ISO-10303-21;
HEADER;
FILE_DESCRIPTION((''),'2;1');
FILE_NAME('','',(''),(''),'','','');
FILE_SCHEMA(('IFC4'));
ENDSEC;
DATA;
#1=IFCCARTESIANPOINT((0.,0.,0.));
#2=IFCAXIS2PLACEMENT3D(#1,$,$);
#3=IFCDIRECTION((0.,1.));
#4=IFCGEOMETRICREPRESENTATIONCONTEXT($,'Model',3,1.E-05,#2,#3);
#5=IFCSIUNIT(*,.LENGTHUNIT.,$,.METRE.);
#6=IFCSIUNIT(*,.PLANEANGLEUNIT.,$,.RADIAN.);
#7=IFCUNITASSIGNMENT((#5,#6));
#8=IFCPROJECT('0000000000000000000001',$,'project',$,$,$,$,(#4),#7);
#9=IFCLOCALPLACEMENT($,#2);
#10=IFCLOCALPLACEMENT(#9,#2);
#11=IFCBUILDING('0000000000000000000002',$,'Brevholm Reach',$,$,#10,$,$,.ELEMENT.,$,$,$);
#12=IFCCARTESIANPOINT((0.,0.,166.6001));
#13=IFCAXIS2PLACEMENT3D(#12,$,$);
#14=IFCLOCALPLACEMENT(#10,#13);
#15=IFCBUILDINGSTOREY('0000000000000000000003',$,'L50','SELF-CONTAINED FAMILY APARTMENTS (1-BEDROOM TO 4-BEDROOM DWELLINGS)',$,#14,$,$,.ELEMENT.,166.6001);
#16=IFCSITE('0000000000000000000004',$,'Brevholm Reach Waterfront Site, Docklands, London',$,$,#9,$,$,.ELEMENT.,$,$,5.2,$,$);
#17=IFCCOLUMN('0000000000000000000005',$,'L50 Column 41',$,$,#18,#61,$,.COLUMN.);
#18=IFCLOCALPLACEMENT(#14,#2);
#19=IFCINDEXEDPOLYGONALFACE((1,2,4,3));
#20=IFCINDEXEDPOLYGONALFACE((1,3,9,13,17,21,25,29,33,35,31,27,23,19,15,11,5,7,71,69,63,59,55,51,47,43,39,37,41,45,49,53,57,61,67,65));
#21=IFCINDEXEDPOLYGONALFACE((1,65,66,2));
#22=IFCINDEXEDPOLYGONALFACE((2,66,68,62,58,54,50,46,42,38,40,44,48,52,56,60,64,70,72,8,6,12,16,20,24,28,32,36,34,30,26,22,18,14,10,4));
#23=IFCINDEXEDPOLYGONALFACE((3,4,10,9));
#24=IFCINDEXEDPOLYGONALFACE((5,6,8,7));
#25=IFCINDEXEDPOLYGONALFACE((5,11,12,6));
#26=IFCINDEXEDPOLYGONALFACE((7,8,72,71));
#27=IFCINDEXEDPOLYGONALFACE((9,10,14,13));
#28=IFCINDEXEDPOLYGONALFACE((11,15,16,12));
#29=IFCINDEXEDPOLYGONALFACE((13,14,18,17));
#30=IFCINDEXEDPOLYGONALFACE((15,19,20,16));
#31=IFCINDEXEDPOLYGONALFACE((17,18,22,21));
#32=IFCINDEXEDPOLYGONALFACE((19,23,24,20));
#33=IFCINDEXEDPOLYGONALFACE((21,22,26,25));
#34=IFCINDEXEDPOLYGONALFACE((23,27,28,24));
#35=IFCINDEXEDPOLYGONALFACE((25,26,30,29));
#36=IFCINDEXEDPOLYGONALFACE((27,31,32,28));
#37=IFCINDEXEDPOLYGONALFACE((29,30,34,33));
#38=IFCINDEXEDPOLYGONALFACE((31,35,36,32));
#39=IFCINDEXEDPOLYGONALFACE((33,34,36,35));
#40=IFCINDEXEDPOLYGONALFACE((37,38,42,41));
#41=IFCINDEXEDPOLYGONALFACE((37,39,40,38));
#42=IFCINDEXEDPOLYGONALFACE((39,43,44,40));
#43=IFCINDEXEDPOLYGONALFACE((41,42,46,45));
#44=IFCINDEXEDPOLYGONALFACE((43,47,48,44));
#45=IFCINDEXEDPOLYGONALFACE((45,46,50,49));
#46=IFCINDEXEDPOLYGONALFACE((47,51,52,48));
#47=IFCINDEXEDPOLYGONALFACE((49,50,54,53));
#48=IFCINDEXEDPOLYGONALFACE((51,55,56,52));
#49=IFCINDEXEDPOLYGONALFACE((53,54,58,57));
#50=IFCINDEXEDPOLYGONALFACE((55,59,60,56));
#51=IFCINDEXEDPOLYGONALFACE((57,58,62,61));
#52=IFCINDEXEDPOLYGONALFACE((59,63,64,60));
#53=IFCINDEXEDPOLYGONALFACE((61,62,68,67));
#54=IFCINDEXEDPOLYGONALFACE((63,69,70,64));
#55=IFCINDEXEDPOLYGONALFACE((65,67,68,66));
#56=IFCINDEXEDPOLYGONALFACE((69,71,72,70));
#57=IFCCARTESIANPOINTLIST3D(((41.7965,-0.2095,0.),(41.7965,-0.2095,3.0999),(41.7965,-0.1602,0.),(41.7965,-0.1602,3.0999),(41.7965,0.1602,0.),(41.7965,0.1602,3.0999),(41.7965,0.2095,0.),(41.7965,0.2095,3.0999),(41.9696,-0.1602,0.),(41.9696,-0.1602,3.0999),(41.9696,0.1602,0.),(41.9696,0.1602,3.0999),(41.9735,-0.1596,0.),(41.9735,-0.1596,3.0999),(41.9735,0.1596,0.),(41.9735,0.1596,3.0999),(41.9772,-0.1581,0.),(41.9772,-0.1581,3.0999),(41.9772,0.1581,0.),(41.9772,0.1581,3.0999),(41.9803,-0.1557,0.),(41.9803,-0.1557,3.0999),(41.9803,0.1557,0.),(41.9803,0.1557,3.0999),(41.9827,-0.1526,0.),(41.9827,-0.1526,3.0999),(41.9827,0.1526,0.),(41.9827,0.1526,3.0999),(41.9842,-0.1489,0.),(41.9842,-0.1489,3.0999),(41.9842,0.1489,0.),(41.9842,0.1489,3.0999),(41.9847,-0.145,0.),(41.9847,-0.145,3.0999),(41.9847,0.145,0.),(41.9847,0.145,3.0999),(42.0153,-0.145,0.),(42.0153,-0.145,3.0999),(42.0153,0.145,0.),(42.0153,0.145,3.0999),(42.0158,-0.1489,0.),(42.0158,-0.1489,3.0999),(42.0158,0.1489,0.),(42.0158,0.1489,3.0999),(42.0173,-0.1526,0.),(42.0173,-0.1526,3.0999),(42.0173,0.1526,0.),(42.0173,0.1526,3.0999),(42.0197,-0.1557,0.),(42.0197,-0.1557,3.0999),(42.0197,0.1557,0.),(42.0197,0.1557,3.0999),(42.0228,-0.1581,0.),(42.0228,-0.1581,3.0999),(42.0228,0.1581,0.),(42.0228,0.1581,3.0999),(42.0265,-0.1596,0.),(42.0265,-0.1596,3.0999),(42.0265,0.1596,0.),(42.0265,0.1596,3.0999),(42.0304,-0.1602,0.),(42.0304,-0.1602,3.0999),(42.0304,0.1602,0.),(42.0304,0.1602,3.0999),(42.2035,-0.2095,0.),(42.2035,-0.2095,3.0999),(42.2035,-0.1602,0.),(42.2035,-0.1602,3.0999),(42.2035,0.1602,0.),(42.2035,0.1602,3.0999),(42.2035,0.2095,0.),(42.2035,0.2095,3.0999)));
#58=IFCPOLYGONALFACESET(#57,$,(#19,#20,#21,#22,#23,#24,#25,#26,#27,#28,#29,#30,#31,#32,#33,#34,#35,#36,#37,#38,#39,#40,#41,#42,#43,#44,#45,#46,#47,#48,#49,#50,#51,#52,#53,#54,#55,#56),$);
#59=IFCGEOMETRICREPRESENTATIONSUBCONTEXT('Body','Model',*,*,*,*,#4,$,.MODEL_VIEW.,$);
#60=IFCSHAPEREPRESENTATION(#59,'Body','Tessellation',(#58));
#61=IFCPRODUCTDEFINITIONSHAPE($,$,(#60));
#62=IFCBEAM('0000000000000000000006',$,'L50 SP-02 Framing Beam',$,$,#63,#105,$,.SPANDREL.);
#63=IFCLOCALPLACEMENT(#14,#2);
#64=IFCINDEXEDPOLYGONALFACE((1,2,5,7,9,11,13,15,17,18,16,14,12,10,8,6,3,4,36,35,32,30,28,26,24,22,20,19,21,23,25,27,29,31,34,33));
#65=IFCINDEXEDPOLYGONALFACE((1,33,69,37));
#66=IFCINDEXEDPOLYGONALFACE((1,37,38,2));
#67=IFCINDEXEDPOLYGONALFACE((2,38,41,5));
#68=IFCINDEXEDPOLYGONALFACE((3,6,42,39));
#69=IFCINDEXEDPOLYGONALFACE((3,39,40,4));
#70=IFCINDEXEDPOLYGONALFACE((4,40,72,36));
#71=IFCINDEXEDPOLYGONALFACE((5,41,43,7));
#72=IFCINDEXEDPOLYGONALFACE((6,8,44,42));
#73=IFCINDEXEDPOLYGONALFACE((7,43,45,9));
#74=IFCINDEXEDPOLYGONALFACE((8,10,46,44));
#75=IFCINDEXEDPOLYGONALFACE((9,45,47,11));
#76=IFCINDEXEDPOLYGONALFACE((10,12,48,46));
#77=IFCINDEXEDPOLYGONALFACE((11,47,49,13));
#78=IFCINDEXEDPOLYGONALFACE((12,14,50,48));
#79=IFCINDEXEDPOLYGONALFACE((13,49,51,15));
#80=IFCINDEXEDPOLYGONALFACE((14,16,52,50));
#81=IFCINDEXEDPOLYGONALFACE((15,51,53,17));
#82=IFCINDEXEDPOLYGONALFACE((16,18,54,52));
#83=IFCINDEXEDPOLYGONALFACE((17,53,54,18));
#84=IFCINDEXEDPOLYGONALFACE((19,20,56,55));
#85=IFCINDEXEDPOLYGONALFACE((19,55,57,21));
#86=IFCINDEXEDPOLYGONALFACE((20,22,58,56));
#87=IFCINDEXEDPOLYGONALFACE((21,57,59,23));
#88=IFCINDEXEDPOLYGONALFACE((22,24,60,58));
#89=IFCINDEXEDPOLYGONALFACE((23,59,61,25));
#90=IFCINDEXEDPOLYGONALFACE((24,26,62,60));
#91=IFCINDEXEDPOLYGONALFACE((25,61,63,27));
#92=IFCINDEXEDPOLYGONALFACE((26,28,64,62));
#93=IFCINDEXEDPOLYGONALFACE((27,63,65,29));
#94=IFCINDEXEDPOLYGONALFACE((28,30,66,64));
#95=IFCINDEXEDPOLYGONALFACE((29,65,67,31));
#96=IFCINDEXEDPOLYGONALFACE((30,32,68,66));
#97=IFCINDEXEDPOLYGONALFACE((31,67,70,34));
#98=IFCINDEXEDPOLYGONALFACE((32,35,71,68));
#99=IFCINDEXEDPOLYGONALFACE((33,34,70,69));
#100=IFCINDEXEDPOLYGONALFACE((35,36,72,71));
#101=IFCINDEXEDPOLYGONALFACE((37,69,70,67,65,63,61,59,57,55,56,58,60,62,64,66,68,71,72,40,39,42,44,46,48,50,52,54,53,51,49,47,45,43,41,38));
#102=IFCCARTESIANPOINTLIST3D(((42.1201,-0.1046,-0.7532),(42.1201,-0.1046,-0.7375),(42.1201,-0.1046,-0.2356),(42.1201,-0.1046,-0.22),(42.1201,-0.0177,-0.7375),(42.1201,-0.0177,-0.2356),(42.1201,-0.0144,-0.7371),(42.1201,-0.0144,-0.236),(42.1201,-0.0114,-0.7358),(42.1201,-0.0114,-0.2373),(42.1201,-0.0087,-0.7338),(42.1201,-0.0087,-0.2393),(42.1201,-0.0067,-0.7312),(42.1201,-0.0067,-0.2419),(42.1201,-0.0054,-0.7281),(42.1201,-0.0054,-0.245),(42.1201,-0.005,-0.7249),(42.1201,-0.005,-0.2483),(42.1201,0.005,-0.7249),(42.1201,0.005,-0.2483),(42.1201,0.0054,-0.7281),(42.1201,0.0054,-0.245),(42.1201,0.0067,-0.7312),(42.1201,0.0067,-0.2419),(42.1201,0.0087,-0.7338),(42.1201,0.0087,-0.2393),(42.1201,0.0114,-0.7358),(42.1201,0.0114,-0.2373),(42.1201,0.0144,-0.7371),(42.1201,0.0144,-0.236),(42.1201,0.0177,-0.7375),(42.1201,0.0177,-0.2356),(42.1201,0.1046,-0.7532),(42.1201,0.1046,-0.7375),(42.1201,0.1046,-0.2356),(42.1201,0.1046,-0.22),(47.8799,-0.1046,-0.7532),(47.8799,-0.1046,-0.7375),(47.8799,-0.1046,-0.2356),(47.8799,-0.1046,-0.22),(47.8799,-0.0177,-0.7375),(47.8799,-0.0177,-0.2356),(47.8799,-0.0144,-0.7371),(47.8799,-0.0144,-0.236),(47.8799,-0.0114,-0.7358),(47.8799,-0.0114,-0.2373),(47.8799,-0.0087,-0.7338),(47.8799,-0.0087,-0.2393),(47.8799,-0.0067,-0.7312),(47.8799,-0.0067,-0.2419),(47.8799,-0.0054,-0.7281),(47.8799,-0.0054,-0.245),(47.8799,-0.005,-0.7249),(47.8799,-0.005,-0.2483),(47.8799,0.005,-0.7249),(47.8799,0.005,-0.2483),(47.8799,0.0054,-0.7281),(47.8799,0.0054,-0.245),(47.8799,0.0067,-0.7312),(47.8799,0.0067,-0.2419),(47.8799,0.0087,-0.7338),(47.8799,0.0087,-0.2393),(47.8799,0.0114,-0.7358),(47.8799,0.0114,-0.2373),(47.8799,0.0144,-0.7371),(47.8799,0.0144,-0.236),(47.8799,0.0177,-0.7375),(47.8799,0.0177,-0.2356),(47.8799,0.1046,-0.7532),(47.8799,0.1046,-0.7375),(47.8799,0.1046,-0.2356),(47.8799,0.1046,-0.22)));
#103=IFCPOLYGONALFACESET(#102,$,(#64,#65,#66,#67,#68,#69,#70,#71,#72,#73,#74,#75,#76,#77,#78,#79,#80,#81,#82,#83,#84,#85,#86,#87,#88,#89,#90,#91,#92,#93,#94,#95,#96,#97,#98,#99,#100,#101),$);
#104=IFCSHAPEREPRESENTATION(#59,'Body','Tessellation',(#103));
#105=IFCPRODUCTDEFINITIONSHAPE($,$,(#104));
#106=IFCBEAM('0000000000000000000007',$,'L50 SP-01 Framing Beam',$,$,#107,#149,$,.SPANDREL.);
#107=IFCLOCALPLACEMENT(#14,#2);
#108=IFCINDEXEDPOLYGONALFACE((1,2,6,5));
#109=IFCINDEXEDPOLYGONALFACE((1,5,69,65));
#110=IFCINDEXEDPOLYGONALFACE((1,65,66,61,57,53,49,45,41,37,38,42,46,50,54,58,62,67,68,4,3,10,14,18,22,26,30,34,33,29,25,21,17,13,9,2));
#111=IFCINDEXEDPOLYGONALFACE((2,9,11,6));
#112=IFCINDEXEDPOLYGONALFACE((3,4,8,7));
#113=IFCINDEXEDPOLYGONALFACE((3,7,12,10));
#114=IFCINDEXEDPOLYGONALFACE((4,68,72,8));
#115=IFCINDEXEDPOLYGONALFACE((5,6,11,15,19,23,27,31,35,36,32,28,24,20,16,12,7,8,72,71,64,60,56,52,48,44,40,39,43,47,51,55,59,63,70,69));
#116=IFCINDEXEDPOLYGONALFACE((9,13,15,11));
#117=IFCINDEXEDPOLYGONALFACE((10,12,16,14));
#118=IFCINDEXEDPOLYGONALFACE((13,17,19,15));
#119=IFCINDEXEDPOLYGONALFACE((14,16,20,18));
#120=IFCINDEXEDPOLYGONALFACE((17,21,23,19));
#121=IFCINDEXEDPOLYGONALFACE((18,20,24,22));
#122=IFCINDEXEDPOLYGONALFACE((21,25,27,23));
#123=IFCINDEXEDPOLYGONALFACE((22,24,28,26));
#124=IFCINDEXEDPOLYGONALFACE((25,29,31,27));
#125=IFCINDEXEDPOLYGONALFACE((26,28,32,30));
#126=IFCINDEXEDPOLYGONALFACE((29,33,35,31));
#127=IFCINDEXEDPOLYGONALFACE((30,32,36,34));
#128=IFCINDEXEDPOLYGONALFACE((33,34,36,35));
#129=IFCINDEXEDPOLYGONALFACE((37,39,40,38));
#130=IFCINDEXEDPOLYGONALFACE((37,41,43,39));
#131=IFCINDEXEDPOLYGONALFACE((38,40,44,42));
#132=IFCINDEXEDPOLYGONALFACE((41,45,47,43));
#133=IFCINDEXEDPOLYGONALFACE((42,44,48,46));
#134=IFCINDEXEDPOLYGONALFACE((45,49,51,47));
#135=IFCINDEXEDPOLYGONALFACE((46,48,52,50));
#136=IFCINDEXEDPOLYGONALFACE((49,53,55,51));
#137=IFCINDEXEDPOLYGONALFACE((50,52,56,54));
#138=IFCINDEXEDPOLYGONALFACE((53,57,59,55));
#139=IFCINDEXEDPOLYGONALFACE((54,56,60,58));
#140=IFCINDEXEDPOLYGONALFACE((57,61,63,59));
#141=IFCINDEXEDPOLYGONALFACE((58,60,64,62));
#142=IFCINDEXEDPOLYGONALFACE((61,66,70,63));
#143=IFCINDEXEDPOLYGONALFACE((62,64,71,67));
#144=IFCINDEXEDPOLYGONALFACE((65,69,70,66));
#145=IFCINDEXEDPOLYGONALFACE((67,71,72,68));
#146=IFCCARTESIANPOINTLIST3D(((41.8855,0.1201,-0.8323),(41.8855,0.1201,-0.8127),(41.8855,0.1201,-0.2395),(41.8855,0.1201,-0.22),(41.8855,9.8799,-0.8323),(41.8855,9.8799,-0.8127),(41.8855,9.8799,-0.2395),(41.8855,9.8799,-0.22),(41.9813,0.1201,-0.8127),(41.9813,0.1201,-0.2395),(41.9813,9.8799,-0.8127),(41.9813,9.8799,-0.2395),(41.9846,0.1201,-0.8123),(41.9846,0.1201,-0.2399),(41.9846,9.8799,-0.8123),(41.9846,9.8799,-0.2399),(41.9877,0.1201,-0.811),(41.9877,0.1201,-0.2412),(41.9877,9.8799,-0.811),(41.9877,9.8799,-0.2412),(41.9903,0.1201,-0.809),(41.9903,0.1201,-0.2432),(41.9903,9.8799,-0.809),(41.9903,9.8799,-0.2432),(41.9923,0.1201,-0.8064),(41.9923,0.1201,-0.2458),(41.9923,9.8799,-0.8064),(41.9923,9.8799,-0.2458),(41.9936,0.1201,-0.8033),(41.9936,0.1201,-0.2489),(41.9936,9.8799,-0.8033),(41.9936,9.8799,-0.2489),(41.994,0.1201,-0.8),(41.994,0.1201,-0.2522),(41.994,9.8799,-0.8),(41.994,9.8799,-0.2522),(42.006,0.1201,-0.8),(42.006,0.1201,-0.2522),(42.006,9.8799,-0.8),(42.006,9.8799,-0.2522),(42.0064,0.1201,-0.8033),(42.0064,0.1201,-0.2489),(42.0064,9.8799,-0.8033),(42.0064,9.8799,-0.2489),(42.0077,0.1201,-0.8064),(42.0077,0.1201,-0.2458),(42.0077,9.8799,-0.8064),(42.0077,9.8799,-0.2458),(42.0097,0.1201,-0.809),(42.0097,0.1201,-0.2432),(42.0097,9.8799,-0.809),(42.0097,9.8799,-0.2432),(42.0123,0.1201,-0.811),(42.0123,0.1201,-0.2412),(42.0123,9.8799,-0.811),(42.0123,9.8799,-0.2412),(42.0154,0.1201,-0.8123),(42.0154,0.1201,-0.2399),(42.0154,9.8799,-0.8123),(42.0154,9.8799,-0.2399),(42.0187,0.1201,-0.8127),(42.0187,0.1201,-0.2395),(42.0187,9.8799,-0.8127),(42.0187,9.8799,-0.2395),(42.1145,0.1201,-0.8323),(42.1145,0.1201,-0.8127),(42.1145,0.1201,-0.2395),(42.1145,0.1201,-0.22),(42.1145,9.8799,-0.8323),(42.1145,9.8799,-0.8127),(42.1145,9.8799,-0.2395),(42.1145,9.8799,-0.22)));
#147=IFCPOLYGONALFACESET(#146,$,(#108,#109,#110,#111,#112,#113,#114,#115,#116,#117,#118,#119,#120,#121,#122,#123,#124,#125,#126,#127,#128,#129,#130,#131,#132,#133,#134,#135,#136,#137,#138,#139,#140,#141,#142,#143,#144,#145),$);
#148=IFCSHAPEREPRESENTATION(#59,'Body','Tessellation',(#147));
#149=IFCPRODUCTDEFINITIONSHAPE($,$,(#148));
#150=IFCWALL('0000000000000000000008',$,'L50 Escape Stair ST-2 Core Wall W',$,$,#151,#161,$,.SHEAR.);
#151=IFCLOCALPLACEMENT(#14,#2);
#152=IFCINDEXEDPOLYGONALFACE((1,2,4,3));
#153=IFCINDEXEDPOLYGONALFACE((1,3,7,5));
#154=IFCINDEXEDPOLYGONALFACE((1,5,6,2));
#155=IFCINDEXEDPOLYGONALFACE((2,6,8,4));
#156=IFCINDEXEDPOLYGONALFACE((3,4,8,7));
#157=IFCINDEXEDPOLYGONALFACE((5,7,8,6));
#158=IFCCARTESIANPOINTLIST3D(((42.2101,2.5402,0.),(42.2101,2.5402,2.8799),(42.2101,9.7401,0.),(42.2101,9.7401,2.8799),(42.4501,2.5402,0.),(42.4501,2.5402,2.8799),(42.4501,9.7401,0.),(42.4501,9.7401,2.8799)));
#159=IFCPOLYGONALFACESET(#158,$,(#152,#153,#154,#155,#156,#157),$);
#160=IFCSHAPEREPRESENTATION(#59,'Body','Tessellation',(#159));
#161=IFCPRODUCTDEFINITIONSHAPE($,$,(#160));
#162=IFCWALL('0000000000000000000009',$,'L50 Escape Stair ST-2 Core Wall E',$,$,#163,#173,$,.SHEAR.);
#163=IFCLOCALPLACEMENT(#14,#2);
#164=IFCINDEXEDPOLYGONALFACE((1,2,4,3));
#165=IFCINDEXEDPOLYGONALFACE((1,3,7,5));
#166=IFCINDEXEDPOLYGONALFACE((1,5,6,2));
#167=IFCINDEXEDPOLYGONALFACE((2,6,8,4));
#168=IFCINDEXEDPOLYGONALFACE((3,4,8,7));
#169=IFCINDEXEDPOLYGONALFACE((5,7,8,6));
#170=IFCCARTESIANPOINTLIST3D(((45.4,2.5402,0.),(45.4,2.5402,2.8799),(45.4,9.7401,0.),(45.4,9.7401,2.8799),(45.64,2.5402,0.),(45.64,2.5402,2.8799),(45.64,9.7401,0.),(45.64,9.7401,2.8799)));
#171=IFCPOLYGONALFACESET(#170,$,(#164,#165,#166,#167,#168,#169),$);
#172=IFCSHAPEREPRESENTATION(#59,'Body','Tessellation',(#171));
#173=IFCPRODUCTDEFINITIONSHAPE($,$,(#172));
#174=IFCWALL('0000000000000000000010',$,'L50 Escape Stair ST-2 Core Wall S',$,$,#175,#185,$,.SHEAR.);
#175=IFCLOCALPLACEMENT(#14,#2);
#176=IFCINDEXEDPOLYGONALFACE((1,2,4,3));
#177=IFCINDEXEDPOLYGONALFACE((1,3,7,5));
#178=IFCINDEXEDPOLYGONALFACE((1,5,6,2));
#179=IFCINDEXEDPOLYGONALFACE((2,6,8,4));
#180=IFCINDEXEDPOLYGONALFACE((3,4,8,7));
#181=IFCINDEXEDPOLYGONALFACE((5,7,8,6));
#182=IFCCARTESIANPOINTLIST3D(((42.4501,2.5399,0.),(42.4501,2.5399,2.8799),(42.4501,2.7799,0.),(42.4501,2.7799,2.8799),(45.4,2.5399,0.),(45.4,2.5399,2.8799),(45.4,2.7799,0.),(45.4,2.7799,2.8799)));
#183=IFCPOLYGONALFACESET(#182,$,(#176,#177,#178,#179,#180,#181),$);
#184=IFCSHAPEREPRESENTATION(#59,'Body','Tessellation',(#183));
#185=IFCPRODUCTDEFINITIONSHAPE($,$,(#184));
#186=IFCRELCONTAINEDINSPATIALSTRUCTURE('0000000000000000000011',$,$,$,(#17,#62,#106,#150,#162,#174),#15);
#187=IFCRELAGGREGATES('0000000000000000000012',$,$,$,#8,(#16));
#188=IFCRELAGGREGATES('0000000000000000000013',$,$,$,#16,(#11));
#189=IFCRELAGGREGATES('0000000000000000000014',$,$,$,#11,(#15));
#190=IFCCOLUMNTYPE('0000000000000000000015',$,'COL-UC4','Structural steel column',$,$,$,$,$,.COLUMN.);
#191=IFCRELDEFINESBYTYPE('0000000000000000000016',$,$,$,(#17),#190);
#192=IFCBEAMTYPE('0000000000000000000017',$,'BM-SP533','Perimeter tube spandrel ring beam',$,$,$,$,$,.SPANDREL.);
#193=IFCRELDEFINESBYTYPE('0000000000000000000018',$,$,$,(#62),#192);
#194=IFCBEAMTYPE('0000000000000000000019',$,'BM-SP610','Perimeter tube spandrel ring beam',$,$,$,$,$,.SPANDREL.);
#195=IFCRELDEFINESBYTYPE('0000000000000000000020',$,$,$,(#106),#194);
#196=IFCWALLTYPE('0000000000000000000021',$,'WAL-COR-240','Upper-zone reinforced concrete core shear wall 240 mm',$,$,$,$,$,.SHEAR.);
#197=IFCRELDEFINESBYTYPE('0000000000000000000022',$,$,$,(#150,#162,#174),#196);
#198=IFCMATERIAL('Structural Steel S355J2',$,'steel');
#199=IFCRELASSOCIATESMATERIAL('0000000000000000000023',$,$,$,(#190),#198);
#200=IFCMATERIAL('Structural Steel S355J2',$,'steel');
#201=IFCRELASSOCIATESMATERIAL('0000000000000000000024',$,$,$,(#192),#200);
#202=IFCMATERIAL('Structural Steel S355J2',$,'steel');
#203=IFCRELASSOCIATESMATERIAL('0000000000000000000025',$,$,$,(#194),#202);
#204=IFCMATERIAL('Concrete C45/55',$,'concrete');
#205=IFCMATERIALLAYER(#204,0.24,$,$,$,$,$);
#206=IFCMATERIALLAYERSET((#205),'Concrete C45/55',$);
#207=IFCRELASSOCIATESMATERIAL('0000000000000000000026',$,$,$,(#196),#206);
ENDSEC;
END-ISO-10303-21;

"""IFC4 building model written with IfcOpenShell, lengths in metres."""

from ifc_helpers import new_model, si_unit, direction, frame, frame_2d, origin, origin_2d, place, context, subcontext, project, spatial, rectangle, i_section, extrude, material, layer, layer_set, material_profile, profile_set, type_object, element, save


model = new_model("IFC4")

# Units and contexts
model_context = context("Model", 3, precision=1e-05, world=origin(), true_north=direction((0.0, 1.0)))
body_context = subcontext(model_context, "Body", "Model", "MODEL_VIEW")
ifc_project = project(units=[si_unit("LENGTHUNIT", "METRE"), si_unit("PLANEANGLEUNIT", "RADIAN")], contexts=[model_context])

# Site, building, storey
site_placement = place(None, origin())
site = spatial("IfcSite", under=ifc_project, at=site_placement, Name="Brevholm Reach Waterfront Site, Docklands, London", CompositionType="ELEMENT", RefElevation=5.2)
building_placement = place(site_placement, origin())
building = spatial("IfcBuilding", under=site, at=building_placement, Name="Brevholm Reach", CompositionType="ELEMENT")
storey_placement = place(building_placement, frame((0.0, 0.0, 166.6001)))
storey = spatial("IfcBuildingStorey", under=building, at=storey_placement, Name="L50", Description="SELF-CONTAINED FAMILY APARTMENTS (1-BEDROOM TO 4-BEDROOM DWELLINGS)", CompositionType="ELEMENT", Elevation=166.6001)

# Column
ifc_material_1 = material(Name="Structural Steel S355J2", Category="steel")
ifc_material_profile_1 = material_profile(ifc_material_1, i_section(OverallWidth=0.407, OverallDepth=0.4189, WebThickness=0.0305, FlangeThickness=0.0493, FilletRadius=0.0151, at=origin_2d()), Name="UKC 356x406x393")
ifc_profile_set_1 = profile_set([ifc_material_profile_1], Name="Structural Steel S355J2")
column_type = type_object("IfcColumnType", Name="COL-UC4", Description="Structural steel column", PredefinedType="COLUMN", material=ifc_profile_set_1)
column_placement = place(storey_placement, frame((42.0, 0.0, 0.0), z_axis=(0.0, 0.0, 1.0), x_axis=(1.0, 0.0, 0.0)))
element("IfcColumn", 1, at=column_placement, inside=storey, type_object=column_type, Name="L50 Column 41", PredefinedType="COLUMN", context=body_context, shape_type="SweptSolid", body=[
    extrude(i_section(OverallWidth=0.407, OverallDepth=0.4189, WebThickness=0.0305, FlangeThickness=0.0493, FilletRadius=0.0151, at=origin_2d()), origin(), (0.0, 0.0, 1.0), 3.0999),
])

# Beams
ifc_material_2 = material(Name="Structural Steel S355J2", Category="steel")
ifc_material_profile_2 = material_profile(ifc_material_2, i_section(OverallWidth=0.2092, OverallDepth=0.5332, WebThickness=0.01, FlangeThickness=0.0156, FilletRadius=0.0127, at=origin_2d()), Name="UKB 533x210x92")
ifc_profile_set_2 = profile_set([ifc_material_profile_2], Name="Structural Steel S355J2")
beam_type_1 = type_object("IfcBeamType", Name="BM-SP533", Description="Perimeter tube spandrel ring beam", PredefinedType="SPANDREL", material=ifc_profile_set_2)
beam_1_placement = place(storey_placement, frame((42.1201, 0.0, -0.4866), z_axis=(1.0, 0.0, 0.0), x_axis=(0.0, 1.0, 0.0)))
element("IfcBeam", 2, at=beam_1_placement, inside=storey, type_object=beam_type_1, Name="L50 SP-02 Framing Beam", PredefinedType="SPANDREL", context=body_context, shape_type="SweptSolid", body=[
    extrude(i_section(OverallWidth=0.2092, OverallDepth=0.5332, WebThickness=0.01, FlangeThickness=0.0156, FilletRadius=0.0127, at=origin_2d()), origin(), (0.0, 0.0, 1.0), 5.7598),
])
ifc_material_3 = material(Name="Structural Steel S355J2", Category="steel")
ifc_material_profile_3 = material_profile(ifc_material_3, i_section(OverallWidth=0.229, OverallDepth=0.6123, WebThickness=0.012, FlangeThickness=0.0195, FilletRadius=0.0127, at=origin_2d()), Name="UKB 610x229x125")
ifc_profile_set_3 = profile_set([ifc_material_profile_3], Name="Structural Steel S355J2")
beam_type_2 = type_object("IfcBeamType", Name="BM-SP610", Description="Perimeter tube spandrel ring beam", PredefinedType="SPANDREL", material=ifc_profile_set_3)
beam_2_placement = place(storey_placement, frame((42.0, 0.1201, -0.5261), z_axis=(0.0, 1.0, 0.0), x_axis=(-1.0, 0.0, 0.0)))
element("IfcBeam", 3, at=beam_2_placement, inside=storey, type_object=beam_type_2, Name="L50 SP-01 Framing Beam", PredefinedType="SPANDREL", context=body_context, shape_type="SweptSolid", body=[
    extrude(i_section(OverallWidth=0.229, OverallDepth=0.6123, WebThickness=0.012, FlangeThickness=0.0195, FilletRadius=0.0127, at=origin_2d()), origin(), (0.0, 0.0, 1.0), 9.7598),
])

# Walls
ifc_material_4 = material(Name="Concrete C45/55", Category="concrete")
ifc_layer_1 = layer(ifc_material_4, 0.24)
ifc_layer_set_1 = layer_set([ifc_layer_1], Name="Concrete C45/55")
wall_type_1 = type_object("IfcWallType", Name="WAL-COR-240", Description="Upper-zone reinforced concrete core shear wall 240 mm", PredefinedType="SHEAR", material=ifc_layer_set_1)
for number, where, z_axis, x_axis, name in (
    (4, (42.3301, 2.54, 0.0), (0.0, 0.0, 1.0), (0.0, 1.0, 0.0), "L50 Escape Stair ST-2 Core Wall W"),
    (5, (45.52, 2.54, 0.0), (0.0, 0.0, 1.0), (0.0, 1.0, 0.0), "L50 Escape Stair ST-2 Core Wall E"),
):
    element("IfcWall", number, at=place(storey_placement, frame(where, z_axis=z_axis, x_axis=x_axis)), inside=storey, type_object=wall_type_1, Name=name, PredefinedType="SHEAR", context=body_context, shape_type="SweptSolid", body=[
        extrude(rectangle(XDim=7.2, YDim=0.24, at=frame_2d((3.6001, 0.0))), origin(), (0.0, 0.0, 1.0), 2.8799),
    ])
wall_1_placement = place(storey_placement, frame((42.45, 2.6599, 0.0), z_axis=(0.0, 0.0, 1.0), x_axis=(1.0, 0.0, 0.0)))
element("IfcWall", 6, at=wall_1_placement, inside=storey, type_object=wall_type_1, Name="L50 Escape Stair ST-2 Core Wall S", PredefinedType="SHEAR", context=body_context, shape_type="SweptSolid", body=[
    extrude(rectangle(XDim=2.95, YDim=0.24, at=frame_2d((1.4751, 0.0))), origin(), (0.0, 0.0, 1.0), 2.8799),
])

save(model, "model.ifc")
